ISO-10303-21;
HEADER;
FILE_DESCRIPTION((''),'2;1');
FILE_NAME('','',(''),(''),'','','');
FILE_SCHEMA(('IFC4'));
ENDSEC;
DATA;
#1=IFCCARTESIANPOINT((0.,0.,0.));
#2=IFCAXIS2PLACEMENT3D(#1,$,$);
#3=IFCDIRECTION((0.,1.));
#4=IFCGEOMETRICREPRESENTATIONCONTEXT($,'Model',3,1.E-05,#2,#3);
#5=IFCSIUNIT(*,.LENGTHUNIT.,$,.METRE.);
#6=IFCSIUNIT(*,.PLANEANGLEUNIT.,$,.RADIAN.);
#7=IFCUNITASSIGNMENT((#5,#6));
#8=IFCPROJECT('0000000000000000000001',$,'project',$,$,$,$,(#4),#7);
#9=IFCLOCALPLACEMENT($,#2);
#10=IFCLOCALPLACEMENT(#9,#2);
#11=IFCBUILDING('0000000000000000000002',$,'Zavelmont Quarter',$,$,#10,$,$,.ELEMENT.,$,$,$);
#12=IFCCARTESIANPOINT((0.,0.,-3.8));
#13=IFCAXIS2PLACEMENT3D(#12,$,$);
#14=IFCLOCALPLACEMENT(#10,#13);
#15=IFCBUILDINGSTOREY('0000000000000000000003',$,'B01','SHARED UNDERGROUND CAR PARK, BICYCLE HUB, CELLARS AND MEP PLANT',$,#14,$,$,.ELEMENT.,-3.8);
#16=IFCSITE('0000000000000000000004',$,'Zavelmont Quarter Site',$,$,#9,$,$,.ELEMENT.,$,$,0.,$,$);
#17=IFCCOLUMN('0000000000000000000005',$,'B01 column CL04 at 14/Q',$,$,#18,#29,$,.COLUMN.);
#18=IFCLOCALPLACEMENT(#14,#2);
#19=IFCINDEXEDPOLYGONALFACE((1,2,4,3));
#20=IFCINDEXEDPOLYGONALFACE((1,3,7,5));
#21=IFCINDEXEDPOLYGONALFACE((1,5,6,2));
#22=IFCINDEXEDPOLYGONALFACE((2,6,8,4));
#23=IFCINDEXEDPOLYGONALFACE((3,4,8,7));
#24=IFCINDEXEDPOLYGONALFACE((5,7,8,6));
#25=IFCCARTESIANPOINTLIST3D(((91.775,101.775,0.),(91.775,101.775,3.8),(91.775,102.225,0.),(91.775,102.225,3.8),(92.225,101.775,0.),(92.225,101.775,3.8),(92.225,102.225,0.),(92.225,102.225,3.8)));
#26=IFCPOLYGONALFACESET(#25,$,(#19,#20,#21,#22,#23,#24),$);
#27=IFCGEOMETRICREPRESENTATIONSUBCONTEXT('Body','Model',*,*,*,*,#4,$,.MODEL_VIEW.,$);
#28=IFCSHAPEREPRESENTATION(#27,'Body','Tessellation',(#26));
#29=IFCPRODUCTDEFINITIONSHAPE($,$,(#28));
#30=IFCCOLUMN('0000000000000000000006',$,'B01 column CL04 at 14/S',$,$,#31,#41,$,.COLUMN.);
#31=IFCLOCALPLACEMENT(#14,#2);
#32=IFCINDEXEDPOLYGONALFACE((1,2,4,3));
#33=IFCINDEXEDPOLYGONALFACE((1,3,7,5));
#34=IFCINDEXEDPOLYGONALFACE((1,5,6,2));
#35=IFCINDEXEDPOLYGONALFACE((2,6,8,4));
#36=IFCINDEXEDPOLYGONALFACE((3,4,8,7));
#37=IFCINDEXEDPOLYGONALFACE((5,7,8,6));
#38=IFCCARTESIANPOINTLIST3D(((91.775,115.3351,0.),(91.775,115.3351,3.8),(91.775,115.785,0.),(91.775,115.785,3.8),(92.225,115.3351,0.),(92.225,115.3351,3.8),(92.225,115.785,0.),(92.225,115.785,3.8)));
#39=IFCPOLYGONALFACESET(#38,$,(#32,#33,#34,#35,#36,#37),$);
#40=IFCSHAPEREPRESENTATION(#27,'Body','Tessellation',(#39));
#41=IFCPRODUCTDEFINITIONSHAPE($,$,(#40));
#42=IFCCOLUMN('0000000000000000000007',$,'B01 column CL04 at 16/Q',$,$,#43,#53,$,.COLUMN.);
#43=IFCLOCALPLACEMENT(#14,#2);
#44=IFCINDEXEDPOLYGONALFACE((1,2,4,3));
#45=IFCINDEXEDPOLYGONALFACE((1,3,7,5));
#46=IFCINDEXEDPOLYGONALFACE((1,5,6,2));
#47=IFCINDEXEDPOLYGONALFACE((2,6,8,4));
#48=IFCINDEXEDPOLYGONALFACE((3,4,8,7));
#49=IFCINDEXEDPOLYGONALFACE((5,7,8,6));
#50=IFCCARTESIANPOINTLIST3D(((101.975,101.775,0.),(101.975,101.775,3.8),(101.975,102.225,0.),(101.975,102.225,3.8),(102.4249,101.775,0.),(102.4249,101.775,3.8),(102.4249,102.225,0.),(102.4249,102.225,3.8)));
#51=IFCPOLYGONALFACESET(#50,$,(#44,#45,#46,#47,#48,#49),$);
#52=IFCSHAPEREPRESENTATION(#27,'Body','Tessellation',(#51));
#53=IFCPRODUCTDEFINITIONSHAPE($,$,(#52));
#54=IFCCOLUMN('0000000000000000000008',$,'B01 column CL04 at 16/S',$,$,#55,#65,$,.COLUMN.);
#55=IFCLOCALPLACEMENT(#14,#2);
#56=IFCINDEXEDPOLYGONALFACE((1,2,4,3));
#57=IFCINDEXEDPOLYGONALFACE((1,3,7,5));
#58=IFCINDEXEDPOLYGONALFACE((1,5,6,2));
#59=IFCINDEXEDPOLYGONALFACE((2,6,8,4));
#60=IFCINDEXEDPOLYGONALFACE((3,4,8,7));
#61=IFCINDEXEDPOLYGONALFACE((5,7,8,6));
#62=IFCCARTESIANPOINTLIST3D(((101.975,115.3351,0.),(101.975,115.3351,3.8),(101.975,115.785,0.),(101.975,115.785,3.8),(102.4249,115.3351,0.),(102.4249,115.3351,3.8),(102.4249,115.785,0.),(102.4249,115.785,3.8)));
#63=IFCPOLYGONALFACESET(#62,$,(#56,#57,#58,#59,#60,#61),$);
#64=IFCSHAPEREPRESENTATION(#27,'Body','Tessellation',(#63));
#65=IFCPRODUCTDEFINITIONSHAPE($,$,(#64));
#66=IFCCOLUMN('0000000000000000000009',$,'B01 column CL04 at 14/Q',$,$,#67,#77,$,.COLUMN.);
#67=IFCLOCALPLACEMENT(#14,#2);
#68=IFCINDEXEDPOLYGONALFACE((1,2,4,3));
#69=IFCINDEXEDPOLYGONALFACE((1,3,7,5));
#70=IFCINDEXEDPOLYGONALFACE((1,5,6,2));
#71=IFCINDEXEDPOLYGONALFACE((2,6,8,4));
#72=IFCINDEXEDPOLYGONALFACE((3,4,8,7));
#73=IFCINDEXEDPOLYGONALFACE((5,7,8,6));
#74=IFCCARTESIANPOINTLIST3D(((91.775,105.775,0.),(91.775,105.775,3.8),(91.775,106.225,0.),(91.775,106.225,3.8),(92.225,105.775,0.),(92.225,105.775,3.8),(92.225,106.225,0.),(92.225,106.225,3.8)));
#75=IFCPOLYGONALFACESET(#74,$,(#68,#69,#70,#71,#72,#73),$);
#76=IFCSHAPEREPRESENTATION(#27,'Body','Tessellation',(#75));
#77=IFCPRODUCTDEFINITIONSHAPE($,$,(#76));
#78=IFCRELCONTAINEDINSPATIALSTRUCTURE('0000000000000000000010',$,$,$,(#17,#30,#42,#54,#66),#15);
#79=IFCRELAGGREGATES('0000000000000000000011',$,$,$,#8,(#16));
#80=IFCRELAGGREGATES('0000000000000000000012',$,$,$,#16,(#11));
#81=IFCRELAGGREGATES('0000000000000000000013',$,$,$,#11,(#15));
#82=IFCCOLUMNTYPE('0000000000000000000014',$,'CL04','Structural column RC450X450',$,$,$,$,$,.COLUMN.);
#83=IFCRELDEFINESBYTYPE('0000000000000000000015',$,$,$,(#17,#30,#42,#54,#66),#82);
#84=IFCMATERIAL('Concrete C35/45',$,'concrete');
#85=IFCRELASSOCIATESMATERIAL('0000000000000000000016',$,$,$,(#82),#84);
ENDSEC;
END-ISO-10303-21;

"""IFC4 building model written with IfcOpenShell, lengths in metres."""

from ifc_helpers import new_model, si_unit, direction, frame, origin, origin_2d, place, context, subcontext, project, spatial, rectangle, extrude, material, material_profile, profile_set, type_object, element, save


model = new_model("IFC4")

# Units and contexts
model_context = context("Model", 3, precision=1e-05, world=origin(), true_north=direction((0.0, 1.0)))
body_context = subcontext(model_context, "Body", "Model", "MODEL_VIEW")
ifc_project = project(units=[si_unit("LENGTHUNIT", "METRE"), si_unit("PLANEANGLEUNIT", "RADIAN")], contexts=[model_context])

# Site, building, storey
site_placement = place(None, origin())
site = spatial("IfcSite", under=ifc_project, at=site_placement, Name="Zavelmont Quarter Site", CompositionType="ELEMENT", RefElevation=0.0)
building_placement = place(site_placement, origin())
building = spatial("IfcBuilding", under=site, at=building_placement, Name="Zavelmont Quarter", CompositionType="ELEMENT")
storey_placement = place(building_placement, frame((0.0, 0.0, -3.8)))
storey = spatial("IfcBuildingStorey", under=building, at=storey_placement, Name="B01", Description="SHARED UNDERGROUND CAR PARK, BICYCLE HUB, CELLARS AND MEP PLANT", CompositionType="ELEMENT", Elevation=-3.8)

# Shared definitions
ifc_material_1 = material(Name="Concrete C35/45", Category="concrete")

# Columns
ifc_material_profile_1 = material_profile(ifc_material_1, rectangle(XDim=0.45, YDim=0.45, at=origin_2d()), Name="RC450X450")
ifc_profile_set_1 = profile_set([ifc_material_profile_1], Name="Concrete C35/45")
column_type_1 = type_object("IfcColumnType", Name="CL04", Description="Structural column RC450X450", PredefinedType="COLUMN", material=ifc_profile_set_1)
for number, where, z_axis, x_axis, name in (
    (1, (92.0, 102.0, 0.0), (0.0, 0.0, 1.0), (1.0, 0.0, 0.0), "B01 column CL04 at 14/Q"),
    (2, (92.0, 115.5601, 0.0), (0.0, 0.0, 1.0), (1.0, 0.0, 0.0), "B01 column CL04 at 14/S"),
    (3, (102.2, 102.0, 0.0), (0.0, 0.0, 1.0), (1.0, 0.0, 0.0), "B01 column CL04 at 16/Q"),
    (4, (102.2, 115.5601, 0.0), (0.0, 0.0, 1.0), (1.0, 0.0, 0.0), "B01 column CL04 at 16/S"),
    (5, (92.0, 106.0, 0.0), (0.0, 0.0, 1.0), (1.0, 0.0, 0.0), "B01 column CL04 at 14/Q"),
):
    element("IfcColumn", number, at=place(storey_placement, frame(where, z_axis=z_axis, x_axis=x_axis)), inside=storey, type_object=column_type_1, Name=name, PredefinedType="COLUMN", context=body_context, shape_type="SweptSolid", body=[
        extrude(rectangle(XDim=0.45, YDim=0.45, at=origin_2d()), origin(), (0.0, 0.0, 1.0), 3.8),
    ])

save(model, "model.ifc")
